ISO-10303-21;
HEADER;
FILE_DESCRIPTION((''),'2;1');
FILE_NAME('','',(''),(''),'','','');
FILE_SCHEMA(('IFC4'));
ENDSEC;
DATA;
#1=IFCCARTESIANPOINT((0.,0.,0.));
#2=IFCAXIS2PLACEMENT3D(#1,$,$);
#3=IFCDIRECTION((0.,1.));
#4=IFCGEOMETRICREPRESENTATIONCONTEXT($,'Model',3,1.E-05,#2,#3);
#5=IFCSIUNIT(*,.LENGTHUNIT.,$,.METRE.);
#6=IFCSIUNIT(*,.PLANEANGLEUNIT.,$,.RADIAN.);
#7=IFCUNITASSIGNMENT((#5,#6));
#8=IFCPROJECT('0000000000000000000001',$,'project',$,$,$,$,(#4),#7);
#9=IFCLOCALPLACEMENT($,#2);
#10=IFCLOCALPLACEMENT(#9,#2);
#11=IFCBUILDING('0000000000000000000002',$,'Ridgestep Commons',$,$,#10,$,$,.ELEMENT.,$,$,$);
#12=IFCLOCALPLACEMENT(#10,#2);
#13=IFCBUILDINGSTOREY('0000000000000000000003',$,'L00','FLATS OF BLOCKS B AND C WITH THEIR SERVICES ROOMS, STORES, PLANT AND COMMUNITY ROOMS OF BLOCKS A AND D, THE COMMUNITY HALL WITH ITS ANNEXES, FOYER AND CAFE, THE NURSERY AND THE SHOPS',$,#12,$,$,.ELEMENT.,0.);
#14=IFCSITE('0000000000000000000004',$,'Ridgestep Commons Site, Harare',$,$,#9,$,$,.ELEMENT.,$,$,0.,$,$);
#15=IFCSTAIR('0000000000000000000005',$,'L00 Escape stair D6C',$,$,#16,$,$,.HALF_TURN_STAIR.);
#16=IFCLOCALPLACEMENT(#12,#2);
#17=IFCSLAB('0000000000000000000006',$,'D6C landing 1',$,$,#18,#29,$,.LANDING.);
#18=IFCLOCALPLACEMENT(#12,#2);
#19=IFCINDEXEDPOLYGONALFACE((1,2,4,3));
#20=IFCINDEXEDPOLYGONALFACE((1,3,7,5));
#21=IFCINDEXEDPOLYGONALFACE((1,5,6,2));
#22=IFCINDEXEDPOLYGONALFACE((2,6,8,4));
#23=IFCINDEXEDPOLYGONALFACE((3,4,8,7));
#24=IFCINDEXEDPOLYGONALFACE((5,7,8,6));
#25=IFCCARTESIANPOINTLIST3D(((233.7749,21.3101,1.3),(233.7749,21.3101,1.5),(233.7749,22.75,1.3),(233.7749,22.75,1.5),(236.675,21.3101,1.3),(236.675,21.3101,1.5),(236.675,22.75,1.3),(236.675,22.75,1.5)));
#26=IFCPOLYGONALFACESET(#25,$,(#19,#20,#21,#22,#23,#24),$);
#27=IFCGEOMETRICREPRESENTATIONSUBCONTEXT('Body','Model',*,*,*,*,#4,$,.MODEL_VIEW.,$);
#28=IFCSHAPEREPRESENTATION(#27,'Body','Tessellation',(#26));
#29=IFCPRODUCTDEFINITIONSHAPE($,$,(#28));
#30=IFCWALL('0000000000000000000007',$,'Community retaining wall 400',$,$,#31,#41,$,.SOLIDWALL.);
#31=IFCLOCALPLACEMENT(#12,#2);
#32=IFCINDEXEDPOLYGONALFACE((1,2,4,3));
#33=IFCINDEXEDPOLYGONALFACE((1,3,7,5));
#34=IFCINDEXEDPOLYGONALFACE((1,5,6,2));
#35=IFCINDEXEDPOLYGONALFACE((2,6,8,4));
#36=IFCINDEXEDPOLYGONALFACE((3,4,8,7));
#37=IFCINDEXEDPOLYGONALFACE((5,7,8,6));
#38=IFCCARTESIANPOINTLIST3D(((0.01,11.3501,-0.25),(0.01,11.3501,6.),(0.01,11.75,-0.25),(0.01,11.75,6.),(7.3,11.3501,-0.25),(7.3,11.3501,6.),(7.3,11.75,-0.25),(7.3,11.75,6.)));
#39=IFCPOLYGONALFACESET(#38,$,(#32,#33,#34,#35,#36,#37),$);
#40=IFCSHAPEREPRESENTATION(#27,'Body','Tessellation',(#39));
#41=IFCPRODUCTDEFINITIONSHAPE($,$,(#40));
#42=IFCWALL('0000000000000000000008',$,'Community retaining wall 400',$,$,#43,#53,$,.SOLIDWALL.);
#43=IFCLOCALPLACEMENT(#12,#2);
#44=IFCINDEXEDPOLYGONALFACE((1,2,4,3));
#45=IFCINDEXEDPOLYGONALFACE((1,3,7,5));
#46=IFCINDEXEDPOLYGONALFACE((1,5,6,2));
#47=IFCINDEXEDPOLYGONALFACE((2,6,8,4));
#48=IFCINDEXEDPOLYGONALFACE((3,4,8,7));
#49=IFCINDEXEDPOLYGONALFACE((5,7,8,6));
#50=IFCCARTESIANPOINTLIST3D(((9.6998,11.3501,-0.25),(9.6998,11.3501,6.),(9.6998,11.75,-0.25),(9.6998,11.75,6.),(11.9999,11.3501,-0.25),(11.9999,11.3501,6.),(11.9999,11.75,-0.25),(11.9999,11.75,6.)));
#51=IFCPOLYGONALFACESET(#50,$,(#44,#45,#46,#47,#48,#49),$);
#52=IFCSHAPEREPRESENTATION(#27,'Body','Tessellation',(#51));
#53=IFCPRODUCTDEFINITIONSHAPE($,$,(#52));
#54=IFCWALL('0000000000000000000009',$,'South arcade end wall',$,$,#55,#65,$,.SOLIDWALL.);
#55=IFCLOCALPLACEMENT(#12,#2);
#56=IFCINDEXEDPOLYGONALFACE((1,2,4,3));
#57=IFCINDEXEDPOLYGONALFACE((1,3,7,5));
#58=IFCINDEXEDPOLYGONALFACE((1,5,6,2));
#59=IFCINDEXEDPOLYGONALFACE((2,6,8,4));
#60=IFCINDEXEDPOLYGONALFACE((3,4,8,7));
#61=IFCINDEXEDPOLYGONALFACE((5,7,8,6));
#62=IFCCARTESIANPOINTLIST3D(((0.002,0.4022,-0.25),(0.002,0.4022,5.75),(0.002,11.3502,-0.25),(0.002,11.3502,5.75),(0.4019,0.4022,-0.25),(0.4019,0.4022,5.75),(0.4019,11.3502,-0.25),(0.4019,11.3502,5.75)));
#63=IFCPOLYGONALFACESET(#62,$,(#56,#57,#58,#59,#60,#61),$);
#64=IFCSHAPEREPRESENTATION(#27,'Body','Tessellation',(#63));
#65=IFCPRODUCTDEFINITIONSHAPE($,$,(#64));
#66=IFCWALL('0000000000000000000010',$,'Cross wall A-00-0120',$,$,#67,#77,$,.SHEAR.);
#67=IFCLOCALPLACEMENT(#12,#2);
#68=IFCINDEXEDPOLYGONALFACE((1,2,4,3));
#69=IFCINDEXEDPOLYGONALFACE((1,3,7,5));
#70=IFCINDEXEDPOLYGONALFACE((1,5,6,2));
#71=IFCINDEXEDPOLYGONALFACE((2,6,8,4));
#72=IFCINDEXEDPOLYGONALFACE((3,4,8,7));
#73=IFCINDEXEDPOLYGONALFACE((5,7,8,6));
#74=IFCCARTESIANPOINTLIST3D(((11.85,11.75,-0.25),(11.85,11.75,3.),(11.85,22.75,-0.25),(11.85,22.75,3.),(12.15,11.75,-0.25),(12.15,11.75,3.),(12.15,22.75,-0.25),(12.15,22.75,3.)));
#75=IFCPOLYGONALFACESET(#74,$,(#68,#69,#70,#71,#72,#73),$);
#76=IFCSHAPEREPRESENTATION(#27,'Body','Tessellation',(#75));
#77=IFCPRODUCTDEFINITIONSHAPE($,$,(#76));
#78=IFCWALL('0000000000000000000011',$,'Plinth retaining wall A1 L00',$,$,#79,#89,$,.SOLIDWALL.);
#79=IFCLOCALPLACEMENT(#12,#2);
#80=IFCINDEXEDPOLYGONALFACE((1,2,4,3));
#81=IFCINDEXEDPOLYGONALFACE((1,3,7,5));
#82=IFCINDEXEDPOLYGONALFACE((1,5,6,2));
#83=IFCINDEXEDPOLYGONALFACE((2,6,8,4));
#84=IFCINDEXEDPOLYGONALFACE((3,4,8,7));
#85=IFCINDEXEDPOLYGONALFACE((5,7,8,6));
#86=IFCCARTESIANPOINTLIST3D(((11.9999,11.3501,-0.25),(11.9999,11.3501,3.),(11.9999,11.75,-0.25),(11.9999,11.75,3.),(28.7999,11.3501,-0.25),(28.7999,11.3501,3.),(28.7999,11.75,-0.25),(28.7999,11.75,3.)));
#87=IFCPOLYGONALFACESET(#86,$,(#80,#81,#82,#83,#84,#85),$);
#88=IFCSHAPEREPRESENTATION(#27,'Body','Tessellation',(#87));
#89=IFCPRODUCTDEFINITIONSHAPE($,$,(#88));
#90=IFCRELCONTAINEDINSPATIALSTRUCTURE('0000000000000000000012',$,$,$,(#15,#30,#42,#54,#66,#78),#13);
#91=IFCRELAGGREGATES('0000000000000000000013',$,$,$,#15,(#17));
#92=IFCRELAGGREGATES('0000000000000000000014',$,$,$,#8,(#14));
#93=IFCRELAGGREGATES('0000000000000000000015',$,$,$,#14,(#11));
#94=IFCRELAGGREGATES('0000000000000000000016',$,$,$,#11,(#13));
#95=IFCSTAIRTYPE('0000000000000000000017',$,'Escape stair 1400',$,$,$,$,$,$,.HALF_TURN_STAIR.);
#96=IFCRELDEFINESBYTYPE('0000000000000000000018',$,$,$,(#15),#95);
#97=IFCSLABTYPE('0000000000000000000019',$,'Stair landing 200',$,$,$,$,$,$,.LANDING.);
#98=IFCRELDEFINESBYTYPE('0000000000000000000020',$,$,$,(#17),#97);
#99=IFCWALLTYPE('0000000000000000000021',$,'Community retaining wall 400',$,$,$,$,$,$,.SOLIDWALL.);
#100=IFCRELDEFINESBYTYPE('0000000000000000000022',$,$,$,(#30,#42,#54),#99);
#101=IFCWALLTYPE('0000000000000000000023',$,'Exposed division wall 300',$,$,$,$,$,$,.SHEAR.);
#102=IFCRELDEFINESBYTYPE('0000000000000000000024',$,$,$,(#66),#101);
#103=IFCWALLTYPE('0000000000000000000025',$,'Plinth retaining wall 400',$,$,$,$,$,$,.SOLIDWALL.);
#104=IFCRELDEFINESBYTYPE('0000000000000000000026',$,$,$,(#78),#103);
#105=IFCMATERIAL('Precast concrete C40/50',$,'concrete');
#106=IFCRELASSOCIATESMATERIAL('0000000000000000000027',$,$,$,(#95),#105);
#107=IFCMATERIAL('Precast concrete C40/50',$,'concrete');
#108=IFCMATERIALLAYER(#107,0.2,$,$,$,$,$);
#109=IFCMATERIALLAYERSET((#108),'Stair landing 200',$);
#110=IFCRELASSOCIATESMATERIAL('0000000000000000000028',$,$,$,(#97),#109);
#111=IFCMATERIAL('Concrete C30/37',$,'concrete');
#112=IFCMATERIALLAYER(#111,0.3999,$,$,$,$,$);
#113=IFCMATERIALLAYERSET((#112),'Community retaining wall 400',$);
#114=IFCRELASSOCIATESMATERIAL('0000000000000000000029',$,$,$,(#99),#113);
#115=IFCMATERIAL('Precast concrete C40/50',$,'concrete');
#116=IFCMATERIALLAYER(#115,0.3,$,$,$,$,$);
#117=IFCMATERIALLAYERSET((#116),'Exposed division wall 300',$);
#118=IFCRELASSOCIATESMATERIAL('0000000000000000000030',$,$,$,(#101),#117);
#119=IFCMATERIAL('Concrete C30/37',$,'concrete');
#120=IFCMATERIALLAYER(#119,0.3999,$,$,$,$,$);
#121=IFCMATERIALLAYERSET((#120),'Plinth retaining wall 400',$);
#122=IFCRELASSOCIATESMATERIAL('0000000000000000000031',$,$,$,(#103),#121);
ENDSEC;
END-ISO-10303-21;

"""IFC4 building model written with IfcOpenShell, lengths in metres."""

from ifc_helpers import new_model, si_unit, direction, frame, frame_2d, origin, place, context, subcontext, project, spatial, polyline, rectangle, outline, extrude, material, layer, layer_set, type_object, element, aggregate, save


model = new_model("IFC4")

# Units and contexts
model_context = context("Model", 3, precision=1e-05, world=origin(), true_north=direction((0.0, 1.0)))
body_context = subcontext(model_context, "Body", "Model", "MODEL_VIEW")
ifc_project = project(units=[si_unit("LENGTHUNIT", "METRE"), si_unit("PLANEANGLEUNIT", "RADIAN")], contexts=[model_context])

# Site, building, storey
site_placement = place(None, origin())
site = spatial("IfcSite", under=ifc_project, at=site_placement, Name="Ridgestep Commons Site, Harare", CompositionType="ELEMENT", RefElevation=0.0)
building_placement = place(site_placement, origin())
building = spatial("IfcBuilding", under=site, at=building_placement, Name="Ridgestep Commons", CompositionType="ELEMENT")
storey_placement = place(building_placement, origin())
storey = spatial("IfcBuildingStorey", under=building, at=storey_placement, Name="L00", Description="FLATS OF BLOCKS B AND C WITH THEIR SERVICES ROOMS, STORES, PLANT AND COMMUNITY ROOMS OF BLOCKS A AND D, THE COMMUNITY HALL WITH ITS ANNEXES, FOYER AND CAFE, THE NURSERY AND THE SHOPS", CompositionType="ELEMENT", Elevation=0.0)

# Stair, slab
ifc_material_1 = material(Name="Precast concrete C40/50", Category="concrete")
stair_type_1 = type_object("IfcStairType", Name="Escape stair 1400", PredefinedType="HALF_TURN_STAIR", material=ifc_material_1)
ifc_material_2 = material(Name="Precast concrete C40/50", Category="concrete")
ifc_layer_1 = layer(ifc_material_2, 0.2)
ifc_layer_set_1 = layer_set([ifc_layer_1], Name="Stair landing 200")
slab_type_1 = type_object("IfcSlabType", Name="Stair landing 200", PredefinedType="LANDING", material=ifc_layer_set_1)
stair_1_placement = place(storey_placement, origin())
stair_1 = element("IfcStair", 1, at=stair_1_placement, inside=storey, type_object=stair_type_1, Name="L00 Escape stair D6C", PredefinedType="HALF_TURN_STAIR")
slab_1_placement = place(storey_placement, frame((0.0, 0.0, 1.3)))
slab_1 = element("IfcSlab", 2, at=slab_1_placement, type_object=slab_type_1, Name="D6C landing 1", PredefinedType="LANDING", context=body_context, shape_type="SweptSolid", body=[
    extrude(outline(polyline([(236.675, 21.3101), (236.675, 22.75), (233.7749, 22.75), (233.7749, 21.3101), (236.675, 21.3101)])), origin(), (0.0, 0.0, 1.0), 0.2),
])
aggregate(stair_1, [slab_1])

# Walls
ifc_material_3 = material(Name="Concrete C30/37", Category="concrete")
ifc_layer_2 = layer(ifc_material_3, 0.3999)
ifc_layer_set_2 = layer_set([ifc_layer_2], Name="Community retaining wall 400")
wall_type_1 = type_object("IfcWallType", Name="Community retaining wall 400", PredefinedType="SOLIDWALL", material=ifc_layer_set_2)
wall_1_placement = place(storey_placement, frame((0.01, 11.55, -0.25), z_axis=(0.0, 0.0, 1.0), x_axis=(1.0, 0.0, 0.0)))
element("IfcWall", 3, at=wall_1_placement, inside=storey, type_object=wall_type_1, Name="Community retaining wall 400", PredefinedType="SOLIDWALL", context=body_context, shape_type="SweptSolid", body=[
    extrude(rectangle(XDim=7.29, YDim=0.3999, at=frame_2d((3.645, 0.0))), origin(), (0.0, 0.0, 1.0), 6.25),
])
wall_2_placement = place(storey_placement, frame((9.7, 11.55, -0.25), z_axis=(0.0, 0.0, 1.0), x_axis=(1.0, 0.0, 0.0)))
element("IfcWall", 4, at=wall_2_placement, inside=storey, type_object=wall_type_1, Name="Community retaining wall 400", PredefinedType="SOLIDWALL", context=body_context, shape_type="SweptSolid", body=[
    extrude(rectangle(XDim=2.3, YDim=0.3999, at=frame_2d((1.1499, 0.0))), origin(), (0.0, 0.0, 1.0), 6.25),
])
wall_3_placement = place(storey_placement, frame((0.2019, 0.4021, -0.25), z_axis=(0.0, 0.0, 1.0), x_axis=(0.0, 1.0, 0.0)))
element("IfcWall", 5, at=wall_3_placement, inside=storey, type_object=wall_type_1, Name="South arcade end wall", PredefinedType="SOLIDWALL", context=body_context, shape_type="SweptSolid", body=[
    extrude(rectangle(XDim=10.948, YDim=0.3999, at=frame_2d((5.4741, 0.0))), origin(), (0.0, 0.0, 1.0), 6.0),
])
ifc_material_4 = material(Name="Precast concrete C40/50", Category="concrete")
ifc_layer_3 = layer(ifc_material_4, 0.3)
ifc_layer_set_3 = layer_set([ifc_layer_3], Name="Exposed division wall 300")
wall_type_2 = type_object("IfcWallType", Name="Exposed division wall 300", PredefinedType="SHEAR", material=ifc_layer_set_3)
wall_4_placement = place(storey_placement, frame((12.0, 11.75, -0.25), z_axis=(0.0, 0.0, 1.0), x_axis=(0.0, 1.0, 0.0)))
element("IfcWall", 6, at=wall_4_placement, inside=storey, type_object=wall_type_2, Name="Cross wall A-00-0120", PredefinedType="SHEAR", context=body_context, shape_type="SweptSolid", body=[
    extrude(rectangle(XDim=11.0, YDim=0.3, at=frame_2d((5.5, 0.0))), origin(), (0.0, 0.0, 1.0), 3.25),
])
ifc_material_5 = material(Name="Concrete C30/37", Category="concrete")
ifc_layer_4 = layer(ifc_material_5, 0.3999)
ifc_layer_set_4 = layer_set([ifc_layer_4], Name="Plinth retaining wall 400")
wall_type_3 = type_object("IfcWallType", Name="Plinth retaining wall 400", PredefinedType="SOLIDWALL", material=ifc_layer_set_4)
wall_5_placement = place(storey_placement, frame((12.0, 11.55, -0.25), z_axis=(0.0, 0.0, 1.0), x_axis=(1.0, 0.0, 0.0)))
element("IfcWall", 7, at=wall_5_placement, inside=storey, type_object=wall_type_3, Name="Plinth retaining wall A1 L00", PredefinedType="SOLIDWALL", context=body_context, shape_type="SweptSolid", body=[
    extrude(rectangle(XDim=16.8, YDim=0.3999, at=frame_2d((8.3999, 0.0))), origin(), (0.0, 0.0, 1.0), 3.25),
])

save(model, "model.ifc")
